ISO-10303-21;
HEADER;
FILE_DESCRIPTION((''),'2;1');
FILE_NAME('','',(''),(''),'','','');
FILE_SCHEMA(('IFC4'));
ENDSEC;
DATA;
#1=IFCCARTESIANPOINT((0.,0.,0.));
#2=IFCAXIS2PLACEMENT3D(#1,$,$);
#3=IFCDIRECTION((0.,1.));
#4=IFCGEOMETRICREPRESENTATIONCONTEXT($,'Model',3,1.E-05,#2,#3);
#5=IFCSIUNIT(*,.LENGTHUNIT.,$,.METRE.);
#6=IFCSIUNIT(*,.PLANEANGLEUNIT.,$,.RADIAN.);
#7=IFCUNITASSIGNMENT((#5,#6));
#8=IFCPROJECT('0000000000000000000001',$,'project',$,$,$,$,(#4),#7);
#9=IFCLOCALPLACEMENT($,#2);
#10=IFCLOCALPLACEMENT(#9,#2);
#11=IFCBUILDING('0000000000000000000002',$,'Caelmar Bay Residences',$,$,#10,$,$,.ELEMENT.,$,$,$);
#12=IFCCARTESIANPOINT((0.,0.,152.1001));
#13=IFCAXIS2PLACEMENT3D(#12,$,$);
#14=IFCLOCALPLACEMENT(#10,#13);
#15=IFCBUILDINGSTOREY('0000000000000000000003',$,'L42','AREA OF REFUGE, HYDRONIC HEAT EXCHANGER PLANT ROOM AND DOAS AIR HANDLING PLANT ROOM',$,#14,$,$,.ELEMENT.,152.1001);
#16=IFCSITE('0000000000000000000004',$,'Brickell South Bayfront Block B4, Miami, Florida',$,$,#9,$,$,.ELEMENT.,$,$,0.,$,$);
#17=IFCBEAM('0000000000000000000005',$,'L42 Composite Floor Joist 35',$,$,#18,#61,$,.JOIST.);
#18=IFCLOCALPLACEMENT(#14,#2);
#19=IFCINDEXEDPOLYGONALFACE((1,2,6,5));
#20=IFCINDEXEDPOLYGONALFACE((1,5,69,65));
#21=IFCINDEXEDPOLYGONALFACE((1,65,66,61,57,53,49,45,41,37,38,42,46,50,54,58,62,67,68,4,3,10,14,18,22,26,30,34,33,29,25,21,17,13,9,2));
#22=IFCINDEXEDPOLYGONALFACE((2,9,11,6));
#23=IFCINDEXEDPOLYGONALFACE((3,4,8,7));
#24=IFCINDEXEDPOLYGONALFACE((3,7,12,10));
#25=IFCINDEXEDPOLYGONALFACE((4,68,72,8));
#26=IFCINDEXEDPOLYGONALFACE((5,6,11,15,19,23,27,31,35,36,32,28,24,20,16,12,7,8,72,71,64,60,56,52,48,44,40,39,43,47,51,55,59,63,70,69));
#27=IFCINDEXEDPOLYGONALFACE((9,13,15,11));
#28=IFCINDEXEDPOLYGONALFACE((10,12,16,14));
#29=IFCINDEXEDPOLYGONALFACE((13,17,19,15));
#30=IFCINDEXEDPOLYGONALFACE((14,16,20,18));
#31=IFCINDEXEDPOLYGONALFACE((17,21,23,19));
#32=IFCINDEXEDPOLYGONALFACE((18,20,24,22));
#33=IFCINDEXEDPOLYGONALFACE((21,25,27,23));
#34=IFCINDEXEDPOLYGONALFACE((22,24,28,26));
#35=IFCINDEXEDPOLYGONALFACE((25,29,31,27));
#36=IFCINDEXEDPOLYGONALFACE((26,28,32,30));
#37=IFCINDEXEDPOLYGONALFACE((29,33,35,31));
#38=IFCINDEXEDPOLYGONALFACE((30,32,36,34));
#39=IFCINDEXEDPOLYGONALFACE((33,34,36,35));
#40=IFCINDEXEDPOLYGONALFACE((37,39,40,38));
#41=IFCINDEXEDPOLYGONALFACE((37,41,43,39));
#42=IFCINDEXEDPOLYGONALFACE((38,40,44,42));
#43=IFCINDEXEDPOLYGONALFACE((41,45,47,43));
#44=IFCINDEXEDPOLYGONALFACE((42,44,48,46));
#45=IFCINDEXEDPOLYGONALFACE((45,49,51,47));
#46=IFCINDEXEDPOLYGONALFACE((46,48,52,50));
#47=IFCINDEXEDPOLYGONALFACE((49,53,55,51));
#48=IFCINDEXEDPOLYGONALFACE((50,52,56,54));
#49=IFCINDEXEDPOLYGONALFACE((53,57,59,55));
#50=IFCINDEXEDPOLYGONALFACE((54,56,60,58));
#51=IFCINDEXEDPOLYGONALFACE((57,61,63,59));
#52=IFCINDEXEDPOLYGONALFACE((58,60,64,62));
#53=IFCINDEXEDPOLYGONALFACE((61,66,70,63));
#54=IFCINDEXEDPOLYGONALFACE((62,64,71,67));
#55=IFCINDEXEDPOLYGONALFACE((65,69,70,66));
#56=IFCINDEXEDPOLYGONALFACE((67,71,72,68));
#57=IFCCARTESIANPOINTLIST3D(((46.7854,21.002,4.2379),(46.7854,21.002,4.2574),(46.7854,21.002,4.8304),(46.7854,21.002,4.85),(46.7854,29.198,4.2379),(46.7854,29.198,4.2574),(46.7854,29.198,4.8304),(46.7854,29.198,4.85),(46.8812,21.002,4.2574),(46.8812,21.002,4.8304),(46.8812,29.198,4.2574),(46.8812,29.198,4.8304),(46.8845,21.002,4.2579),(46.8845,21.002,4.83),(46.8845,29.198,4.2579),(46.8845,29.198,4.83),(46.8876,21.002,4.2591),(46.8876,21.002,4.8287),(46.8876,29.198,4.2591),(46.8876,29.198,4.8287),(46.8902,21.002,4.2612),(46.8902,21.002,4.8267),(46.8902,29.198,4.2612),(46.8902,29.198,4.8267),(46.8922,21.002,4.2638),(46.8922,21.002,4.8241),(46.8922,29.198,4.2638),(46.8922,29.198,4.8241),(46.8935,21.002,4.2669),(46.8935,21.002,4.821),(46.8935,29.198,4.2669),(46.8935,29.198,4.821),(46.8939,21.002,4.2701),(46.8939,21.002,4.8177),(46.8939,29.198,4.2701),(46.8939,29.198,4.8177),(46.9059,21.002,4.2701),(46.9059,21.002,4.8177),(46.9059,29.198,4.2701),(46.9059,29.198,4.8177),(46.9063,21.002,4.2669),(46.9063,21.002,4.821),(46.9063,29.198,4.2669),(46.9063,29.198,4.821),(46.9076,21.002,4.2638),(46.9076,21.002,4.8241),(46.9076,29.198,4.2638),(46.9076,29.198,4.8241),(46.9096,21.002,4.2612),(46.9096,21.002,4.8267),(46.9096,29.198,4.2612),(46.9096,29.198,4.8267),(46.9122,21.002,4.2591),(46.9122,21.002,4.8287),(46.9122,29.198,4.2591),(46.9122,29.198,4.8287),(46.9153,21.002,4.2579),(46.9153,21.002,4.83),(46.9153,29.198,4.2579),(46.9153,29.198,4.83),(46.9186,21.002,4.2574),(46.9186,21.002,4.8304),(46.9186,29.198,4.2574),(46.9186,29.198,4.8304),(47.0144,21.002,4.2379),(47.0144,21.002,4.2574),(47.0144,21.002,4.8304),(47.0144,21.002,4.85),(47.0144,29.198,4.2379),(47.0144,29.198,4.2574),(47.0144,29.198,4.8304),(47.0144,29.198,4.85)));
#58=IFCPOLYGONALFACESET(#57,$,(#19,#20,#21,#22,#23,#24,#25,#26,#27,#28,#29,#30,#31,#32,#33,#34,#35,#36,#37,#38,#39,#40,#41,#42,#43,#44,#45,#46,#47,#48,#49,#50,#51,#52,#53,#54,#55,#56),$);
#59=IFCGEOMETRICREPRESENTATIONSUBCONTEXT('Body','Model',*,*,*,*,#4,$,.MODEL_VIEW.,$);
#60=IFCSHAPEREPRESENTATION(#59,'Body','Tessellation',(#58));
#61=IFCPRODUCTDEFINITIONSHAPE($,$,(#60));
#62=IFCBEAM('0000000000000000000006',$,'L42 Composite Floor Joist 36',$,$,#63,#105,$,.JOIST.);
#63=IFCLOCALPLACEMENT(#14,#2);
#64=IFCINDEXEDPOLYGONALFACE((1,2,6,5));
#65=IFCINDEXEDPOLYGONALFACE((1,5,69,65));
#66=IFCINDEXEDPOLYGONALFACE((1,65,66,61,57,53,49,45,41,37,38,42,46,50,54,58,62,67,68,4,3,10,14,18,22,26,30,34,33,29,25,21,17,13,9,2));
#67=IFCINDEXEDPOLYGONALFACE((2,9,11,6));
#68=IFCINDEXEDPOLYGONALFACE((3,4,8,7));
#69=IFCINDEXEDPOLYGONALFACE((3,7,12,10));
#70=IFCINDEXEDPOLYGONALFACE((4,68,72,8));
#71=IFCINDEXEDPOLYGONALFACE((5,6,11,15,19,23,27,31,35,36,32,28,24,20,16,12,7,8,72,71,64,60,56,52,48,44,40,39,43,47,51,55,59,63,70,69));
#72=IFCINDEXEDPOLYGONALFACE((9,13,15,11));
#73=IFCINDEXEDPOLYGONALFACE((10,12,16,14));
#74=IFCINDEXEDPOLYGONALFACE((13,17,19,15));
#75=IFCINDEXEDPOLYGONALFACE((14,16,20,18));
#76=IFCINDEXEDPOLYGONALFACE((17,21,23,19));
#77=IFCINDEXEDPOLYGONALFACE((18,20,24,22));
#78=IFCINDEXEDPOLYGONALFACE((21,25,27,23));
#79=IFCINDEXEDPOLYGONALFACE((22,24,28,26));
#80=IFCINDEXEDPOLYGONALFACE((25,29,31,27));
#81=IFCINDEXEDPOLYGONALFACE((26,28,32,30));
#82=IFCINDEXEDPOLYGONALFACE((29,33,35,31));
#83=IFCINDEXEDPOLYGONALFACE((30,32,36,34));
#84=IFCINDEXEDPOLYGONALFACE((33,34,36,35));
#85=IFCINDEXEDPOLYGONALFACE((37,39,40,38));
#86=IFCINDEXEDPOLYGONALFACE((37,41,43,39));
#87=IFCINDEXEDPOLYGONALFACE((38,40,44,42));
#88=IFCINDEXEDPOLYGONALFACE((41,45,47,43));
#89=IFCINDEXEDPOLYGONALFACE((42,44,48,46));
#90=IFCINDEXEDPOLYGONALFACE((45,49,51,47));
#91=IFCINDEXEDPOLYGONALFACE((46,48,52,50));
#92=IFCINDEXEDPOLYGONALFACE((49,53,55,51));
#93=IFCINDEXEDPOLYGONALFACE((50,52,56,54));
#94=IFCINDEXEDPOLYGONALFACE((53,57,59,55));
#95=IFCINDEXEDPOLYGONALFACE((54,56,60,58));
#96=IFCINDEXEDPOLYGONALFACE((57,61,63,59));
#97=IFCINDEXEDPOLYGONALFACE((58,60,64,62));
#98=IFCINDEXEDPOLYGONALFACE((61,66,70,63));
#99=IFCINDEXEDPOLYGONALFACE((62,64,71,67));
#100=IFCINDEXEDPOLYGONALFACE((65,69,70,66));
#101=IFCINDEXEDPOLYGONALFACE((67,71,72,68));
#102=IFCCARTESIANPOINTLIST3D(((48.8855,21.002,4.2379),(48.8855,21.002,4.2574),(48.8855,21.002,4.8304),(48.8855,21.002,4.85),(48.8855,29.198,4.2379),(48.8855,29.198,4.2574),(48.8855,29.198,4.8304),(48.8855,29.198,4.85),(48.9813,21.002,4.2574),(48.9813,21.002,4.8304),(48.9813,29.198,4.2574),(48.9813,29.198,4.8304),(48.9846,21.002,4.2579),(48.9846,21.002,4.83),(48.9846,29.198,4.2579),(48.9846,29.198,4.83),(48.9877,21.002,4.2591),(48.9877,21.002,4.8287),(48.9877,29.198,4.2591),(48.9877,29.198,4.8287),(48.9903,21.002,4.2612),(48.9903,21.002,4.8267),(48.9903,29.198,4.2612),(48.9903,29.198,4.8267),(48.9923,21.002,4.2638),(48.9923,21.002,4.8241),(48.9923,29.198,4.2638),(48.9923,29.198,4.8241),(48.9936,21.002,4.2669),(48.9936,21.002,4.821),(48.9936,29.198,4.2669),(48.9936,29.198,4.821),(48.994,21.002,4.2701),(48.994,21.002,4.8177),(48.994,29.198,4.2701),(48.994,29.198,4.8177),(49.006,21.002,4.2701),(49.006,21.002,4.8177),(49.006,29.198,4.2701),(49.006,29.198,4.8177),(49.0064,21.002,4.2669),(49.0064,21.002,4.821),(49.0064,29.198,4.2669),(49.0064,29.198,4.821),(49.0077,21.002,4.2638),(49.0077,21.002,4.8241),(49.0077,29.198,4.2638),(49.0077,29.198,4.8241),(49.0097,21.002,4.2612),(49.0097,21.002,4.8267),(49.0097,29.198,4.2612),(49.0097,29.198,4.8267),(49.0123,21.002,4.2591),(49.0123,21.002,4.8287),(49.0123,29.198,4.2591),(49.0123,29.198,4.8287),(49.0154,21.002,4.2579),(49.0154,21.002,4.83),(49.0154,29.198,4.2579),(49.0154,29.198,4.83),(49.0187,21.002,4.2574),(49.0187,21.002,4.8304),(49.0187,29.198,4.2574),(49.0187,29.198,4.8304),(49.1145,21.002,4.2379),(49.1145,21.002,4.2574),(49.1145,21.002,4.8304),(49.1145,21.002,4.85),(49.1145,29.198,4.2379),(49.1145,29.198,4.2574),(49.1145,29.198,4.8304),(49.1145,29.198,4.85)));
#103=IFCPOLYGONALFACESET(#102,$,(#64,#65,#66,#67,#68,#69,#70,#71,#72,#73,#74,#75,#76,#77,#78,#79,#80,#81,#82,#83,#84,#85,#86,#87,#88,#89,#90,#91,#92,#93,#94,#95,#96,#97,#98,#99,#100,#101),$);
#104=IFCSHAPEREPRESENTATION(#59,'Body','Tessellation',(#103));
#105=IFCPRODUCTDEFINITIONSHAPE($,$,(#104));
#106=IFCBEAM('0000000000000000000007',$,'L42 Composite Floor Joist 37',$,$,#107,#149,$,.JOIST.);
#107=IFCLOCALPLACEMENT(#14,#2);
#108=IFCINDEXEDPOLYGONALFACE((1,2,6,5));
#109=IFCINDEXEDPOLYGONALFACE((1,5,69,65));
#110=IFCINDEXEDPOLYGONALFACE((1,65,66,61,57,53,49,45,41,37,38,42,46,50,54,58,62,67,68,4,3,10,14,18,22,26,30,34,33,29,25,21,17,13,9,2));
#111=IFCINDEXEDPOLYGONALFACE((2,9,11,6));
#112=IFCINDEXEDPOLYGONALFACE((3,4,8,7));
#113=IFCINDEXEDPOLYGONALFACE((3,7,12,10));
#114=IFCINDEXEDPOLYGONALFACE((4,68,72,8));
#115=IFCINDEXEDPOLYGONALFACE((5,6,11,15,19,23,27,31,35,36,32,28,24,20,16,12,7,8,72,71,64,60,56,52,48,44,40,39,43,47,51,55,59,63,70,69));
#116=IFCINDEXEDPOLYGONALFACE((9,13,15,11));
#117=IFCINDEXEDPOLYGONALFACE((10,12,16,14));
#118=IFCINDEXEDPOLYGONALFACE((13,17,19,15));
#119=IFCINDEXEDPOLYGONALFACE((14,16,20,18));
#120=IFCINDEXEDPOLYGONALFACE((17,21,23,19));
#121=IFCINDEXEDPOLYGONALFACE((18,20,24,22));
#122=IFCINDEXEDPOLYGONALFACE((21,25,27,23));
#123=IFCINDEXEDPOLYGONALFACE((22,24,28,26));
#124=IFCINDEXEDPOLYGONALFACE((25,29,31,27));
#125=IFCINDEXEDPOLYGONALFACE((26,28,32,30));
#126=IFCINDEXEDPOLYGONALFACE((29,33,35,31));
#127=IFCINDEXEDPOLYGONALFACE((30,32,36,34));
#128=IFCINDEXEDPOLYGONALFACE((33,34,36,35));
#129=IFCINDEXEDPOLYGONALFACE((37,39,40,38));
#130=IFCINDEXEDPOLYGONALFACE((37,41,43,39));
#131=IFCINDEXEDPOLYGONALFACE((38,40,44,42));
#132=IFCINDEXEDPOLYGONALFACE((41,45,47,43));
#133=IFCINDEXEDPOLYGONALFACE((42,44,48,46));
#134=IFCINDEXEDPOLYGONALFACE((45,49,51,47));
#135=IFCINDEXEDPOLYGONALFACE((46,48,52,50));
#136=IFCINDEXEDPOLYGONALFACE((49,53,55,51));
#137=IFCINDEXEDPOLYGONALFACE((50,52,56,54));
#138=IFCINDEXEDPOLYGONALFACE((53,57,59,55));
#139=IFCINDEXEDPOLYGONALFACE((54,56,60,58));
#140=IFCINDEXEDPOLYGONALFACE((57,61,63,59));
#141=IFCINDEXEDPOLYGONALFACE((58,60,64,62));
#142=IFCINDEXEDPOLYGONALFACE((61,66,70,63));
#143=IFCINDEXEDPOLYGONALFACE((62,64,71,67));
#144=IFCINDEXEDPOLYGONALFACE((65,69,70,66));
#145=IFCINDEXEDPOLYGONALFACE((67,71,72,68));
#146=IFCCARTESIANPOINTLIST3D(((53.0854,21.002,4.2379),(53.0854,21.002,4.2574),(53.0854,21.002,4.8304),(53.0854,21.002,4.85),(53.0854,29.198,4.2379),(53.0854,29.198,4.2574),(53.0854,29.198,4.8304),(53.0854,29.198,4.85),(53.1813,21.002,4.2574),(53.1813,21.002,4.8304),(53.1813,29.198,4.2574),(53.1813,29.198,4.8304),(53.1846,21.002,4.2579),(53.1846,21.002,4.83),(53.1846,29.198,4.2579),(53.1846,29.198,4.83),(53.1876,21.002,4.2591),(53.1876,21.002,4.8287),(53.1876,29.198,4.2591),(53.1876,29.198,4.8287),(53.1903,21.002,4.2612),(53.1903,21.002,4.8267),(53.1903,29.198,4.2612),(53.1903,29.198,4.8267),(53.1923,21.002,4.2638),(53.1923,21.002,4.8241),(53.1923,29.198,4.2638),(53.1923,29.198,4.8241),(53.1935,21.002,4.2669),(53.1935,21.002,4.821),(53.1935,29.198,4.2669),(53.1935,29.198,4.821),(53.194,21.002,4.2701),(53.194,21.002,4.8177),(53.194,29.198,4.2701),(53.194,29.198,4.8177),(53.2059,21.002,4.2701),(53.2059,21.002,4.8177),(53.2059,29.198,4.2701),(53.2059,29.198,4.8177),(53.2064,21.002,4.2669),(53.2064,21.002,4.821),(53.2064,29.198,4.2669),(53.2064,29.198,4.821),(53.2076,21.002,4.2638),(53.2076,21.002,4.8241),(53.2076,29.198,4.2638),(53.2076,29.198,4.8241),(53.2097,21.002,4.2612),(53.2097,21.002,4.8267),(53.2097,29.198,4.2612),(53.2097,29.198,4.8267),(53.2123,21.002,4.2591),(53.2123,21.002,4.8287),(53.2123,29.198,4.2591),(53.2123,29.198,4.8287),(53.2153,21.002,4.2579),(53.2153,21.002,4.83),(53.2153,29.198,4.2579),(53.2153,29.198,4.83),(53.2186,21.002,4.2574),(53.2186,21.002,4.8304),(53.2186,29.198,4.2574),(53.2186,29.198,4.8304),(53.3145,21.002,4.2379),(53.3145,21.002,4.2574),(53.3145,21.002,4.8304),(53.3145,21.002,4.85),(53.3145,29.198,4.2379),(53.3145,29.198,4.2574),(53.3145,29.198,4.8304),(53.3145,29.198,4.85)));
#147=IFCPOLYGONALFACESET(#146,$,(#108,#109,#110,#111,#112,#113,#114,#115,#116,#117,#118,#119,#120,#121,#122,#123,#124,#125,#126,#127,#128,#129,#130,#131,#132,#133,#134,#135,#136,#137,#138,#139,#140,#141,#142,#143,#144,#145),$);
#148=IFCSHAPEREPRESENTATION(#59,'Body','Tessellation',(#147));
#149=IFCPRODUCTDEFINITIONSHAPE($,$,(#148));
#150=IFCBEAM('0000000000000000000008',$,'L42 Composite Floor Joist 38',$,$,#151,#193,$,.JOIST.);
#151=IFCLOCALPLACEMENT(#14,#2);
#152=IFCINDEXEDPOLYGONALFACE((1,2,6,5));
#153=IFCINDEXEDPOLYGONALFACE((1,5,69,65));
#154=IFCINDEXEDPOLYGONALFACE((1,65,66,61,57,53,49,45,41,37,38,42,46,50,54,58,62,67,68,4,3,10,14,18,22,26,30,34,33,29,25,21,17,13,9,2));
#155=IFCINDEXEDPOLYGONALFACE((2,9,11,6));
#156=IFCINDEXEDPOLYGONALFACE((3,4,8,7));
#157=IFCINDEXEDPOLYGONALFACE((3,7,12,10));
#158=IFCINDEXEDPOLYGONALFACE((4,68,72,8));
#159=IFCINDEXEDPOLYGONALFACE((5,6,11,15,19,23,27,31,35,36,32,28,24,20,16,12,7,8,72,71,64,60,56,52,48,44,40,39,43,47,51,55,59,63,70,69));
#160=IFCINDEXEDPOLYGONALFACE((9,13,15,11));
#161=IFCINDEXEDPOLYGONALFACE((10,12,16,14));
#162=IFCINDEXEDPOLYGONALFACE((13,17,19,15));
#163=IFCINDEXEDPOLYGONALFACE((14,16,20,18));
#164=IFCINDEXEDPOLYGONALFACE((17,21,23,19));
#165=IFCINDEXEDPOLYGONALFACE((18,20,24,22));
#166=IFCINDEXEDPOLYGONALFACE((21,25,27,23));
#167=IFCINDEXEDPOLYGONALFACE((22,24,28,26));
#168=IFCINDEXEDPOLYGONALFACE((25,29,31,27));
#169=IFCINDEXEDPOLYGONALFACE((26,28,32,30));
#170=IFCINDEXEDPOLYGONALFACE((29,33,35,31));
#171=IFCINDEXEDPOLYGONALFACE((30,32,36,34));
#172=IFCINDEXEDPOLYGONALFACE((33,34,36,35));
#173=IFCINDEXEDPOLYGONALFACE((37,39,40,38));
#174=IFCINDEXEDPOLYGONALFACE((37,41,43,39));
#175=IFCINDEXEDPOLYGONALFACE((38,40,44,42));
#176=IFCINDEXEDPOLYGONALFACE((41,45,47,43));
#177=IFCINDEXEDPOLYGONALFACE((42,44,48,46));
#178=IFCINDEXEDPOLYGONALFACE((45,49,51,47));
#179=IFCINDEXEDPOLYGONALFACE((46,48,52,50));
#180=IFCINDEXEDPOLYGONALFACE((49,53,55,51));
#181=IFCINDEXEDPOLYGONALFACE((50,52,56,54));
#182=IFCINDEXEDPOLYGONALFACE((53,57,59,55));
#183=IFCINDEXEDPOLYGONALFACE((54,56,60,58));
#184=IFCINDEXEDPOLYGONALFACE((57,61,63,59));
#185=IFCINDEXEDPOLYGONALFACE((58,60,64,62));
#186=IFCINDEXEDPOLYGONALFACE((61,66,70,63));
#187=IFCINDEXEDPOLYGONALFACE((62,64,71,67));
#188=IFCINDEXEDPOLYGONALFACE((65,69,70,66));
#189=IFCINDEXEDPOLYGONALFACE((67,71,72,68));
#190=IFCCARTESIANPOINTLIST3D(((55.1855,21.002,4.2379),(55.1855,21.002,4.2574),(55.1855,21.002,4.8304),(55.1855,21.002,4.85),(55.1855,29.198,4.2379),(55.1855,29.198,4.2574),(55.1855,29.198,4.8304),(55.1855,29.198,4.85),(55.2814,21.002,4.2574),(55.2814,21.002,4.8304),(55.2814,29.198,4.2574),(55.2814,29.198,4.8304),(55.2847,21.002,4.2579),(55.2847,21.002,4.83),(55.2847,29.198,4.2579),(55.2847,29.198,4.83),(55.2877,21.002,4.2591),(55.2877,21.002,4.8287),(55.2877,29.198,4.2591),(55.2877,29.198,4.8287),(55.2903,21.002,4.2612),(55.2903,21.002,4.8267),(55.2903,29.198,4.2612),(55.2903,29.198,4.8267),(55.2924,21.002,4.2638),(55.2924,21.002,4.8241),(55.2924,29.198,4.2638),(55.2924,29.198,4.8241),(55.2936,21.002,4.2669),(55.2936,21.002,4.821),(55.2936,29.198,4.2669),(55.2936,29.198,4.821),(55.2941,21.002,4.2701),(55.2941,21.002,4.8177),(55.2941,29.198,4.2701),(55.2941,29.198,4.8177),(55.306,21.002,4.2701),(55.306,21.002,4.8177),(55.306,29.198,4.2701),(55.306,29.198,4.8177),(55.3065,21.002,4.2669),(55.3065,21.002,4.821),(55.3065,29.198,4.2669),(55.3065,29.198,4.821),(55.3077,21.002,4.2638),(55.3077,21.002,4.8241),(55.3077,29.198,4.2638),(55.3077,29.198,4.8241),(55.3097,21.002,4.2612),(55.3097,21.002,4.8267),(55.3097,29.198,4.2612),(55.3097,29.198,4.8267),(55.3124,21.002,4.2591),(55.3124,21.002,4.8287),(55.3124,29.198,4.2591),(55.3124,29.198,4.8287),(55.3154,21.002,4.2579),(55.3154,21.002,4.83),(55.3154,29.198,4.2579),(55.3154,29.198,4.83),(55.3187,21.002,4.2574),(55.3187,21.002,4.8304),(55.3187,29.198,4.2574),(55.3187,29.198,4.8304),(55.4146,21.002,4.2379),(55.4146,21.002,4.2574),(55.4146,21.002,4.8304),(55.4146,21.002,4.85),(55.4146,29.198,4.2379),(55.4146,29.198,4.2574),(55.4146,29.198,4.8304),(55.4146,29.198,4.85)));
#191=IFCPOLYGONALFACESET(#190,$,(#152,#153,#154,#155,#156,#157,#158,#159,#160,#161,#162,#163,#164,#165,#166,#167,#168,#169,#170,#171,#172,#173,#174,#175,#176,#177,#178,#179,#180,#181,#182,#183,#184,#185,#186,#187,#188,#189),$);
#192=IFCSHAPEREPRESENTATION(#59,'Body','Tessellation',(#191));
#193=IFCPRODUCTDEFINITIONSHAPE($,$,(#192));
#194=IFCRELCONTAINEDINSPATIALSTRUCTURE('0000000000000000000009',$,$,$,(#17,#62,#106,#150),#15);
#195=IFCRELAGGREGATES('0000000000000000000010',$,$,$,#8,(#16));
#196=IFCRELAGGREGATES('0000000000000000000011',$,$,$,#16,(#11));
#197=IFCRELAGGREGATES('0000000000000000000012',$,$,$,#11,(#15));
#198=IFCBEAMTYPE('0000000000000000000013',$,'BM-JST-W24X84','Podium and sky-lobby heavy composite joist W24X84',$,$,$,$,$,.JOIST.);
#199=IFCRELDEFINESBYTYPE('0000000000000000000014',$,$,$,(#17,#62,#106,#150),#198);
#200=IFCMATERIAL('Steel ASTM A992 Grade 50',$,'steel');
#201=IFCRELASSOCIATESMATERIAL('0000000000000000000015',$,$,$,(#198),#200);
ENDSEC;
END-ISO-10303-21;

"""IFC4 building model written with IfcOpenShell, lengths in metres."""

from ifc_helpers import new_model, si_unit, direction, frame, origin, origin_2d, place, context, subcontext, project, spatial, i_section, extrude, material, material_profile, profile_set, type_object, element, save


model = new_model("IFC4")

# Units and contexts
model_context = context("Model", 3, precision=1e-05, world=origin(), true_north=direction((0.0, 1.0)))
body_context = subcontext(model_context, "Body", "Model", "MODEL_VIEW")
ifc_project = project(units=[si_unit("LENGTHUNIT", "METRE"), si_unit("PLANEANGLEUNIT", "RADIAN")], contexts=[model_context])

# Site, building, storey
site_placement = place(None, origin())
site = spatial("IfcSite", under=ifc_project, at=site_placement, Name="Brickell South Bayfront Block B4, Miami, Florida", CompositionType="ELEMENT", RefElevation=0.0)
building_placement = place(site_placement, origin())
building = spatial("IfcBuilding", under=site, at=building_placement, Name="Caelmar Bay Residences", CompositionType="ELEMENT")
storey_placement = place(building_placement, frame((0.0, 0.0, 152.1001)))
storey = spatial("IfcBuildingStorey", under=building, at=storey_placement, Name="L42", Description="AREA OF REFUGE, HYDRONIC HEAT EXCHANGER PLANT ROOM AND DOAS AIR HANDLING PLANT ROOM", CompositionType="ELEMENT", Elevation=152.1001)

# Beams
ifc_material_1 = material(Name="Steel ASTM A992 Grade 50", Category="steel")
ifc_material_profile_1 = material_profile(ifc_material_1, i_section(OverallWidth=0.229, OverallDepth=0.6121, WebThickness=0.012, FlangeThickness=0.0195, FilletRadius=0.0127, at=origin_2d()), Name="W24X84")
ifc_profile_set_1 = profile_set([ifc_material_profile_1], Name="Steel ASTM A992 Grade 50")
beam_type_1 = type_object("IfcBeamType", Name="BM-JST-W24X84", Description="Podium and sky-lobby heavy composite joist W24X84", PredefinedType="JOIST", material=ifc_profile_set_1)
for number, where, z_axis, x_axis, name in (
    (1, (46.8999, 21.002, 4.5439), (0.0, 1.0, 0.0), (-1.0, 0.0, 0.0), "L42 Composite Floor Joist 35"),
    (2, (49.0, 21.002, 4.5439), (0.0, 1.0, 0.0), (-1.0, 0.0, 0.0), "L42 Composite Floor Joist 36"),
    (3, (53.2, 21.002, 4.5439), (0.0, 1.0, 0.0), (-1.0, 0.0, 0.0), "L42 Composite Floor Joist 37"),
    (4, (55.3, 21.002, 4.5439), (0.0, 1.0, 0.0), (-1.0, 0.0, 0.0), "L42 Composite Floor Joist 38"),
):
    element("IfcBeam", number, at=place(storey_placement, frame(where, z_axis=z_axis, x_axis=x_axis)), inside=storey, type_object=beam_type_1, Name=name, PredefinedType="JOIST", context=body_context, shape_type="SweptSolid", body=[
        extrude(i_section(OverallWidth=0.229, OverallDepth=0.6121, WebThickness=0.012, FlangeThickness=0.0195, FilletRadius=0.0127, at=origin_2d()), origin(), (0.0, 0.0, 1.0), 8.196),
    ])

save(model, "model.ifc")
